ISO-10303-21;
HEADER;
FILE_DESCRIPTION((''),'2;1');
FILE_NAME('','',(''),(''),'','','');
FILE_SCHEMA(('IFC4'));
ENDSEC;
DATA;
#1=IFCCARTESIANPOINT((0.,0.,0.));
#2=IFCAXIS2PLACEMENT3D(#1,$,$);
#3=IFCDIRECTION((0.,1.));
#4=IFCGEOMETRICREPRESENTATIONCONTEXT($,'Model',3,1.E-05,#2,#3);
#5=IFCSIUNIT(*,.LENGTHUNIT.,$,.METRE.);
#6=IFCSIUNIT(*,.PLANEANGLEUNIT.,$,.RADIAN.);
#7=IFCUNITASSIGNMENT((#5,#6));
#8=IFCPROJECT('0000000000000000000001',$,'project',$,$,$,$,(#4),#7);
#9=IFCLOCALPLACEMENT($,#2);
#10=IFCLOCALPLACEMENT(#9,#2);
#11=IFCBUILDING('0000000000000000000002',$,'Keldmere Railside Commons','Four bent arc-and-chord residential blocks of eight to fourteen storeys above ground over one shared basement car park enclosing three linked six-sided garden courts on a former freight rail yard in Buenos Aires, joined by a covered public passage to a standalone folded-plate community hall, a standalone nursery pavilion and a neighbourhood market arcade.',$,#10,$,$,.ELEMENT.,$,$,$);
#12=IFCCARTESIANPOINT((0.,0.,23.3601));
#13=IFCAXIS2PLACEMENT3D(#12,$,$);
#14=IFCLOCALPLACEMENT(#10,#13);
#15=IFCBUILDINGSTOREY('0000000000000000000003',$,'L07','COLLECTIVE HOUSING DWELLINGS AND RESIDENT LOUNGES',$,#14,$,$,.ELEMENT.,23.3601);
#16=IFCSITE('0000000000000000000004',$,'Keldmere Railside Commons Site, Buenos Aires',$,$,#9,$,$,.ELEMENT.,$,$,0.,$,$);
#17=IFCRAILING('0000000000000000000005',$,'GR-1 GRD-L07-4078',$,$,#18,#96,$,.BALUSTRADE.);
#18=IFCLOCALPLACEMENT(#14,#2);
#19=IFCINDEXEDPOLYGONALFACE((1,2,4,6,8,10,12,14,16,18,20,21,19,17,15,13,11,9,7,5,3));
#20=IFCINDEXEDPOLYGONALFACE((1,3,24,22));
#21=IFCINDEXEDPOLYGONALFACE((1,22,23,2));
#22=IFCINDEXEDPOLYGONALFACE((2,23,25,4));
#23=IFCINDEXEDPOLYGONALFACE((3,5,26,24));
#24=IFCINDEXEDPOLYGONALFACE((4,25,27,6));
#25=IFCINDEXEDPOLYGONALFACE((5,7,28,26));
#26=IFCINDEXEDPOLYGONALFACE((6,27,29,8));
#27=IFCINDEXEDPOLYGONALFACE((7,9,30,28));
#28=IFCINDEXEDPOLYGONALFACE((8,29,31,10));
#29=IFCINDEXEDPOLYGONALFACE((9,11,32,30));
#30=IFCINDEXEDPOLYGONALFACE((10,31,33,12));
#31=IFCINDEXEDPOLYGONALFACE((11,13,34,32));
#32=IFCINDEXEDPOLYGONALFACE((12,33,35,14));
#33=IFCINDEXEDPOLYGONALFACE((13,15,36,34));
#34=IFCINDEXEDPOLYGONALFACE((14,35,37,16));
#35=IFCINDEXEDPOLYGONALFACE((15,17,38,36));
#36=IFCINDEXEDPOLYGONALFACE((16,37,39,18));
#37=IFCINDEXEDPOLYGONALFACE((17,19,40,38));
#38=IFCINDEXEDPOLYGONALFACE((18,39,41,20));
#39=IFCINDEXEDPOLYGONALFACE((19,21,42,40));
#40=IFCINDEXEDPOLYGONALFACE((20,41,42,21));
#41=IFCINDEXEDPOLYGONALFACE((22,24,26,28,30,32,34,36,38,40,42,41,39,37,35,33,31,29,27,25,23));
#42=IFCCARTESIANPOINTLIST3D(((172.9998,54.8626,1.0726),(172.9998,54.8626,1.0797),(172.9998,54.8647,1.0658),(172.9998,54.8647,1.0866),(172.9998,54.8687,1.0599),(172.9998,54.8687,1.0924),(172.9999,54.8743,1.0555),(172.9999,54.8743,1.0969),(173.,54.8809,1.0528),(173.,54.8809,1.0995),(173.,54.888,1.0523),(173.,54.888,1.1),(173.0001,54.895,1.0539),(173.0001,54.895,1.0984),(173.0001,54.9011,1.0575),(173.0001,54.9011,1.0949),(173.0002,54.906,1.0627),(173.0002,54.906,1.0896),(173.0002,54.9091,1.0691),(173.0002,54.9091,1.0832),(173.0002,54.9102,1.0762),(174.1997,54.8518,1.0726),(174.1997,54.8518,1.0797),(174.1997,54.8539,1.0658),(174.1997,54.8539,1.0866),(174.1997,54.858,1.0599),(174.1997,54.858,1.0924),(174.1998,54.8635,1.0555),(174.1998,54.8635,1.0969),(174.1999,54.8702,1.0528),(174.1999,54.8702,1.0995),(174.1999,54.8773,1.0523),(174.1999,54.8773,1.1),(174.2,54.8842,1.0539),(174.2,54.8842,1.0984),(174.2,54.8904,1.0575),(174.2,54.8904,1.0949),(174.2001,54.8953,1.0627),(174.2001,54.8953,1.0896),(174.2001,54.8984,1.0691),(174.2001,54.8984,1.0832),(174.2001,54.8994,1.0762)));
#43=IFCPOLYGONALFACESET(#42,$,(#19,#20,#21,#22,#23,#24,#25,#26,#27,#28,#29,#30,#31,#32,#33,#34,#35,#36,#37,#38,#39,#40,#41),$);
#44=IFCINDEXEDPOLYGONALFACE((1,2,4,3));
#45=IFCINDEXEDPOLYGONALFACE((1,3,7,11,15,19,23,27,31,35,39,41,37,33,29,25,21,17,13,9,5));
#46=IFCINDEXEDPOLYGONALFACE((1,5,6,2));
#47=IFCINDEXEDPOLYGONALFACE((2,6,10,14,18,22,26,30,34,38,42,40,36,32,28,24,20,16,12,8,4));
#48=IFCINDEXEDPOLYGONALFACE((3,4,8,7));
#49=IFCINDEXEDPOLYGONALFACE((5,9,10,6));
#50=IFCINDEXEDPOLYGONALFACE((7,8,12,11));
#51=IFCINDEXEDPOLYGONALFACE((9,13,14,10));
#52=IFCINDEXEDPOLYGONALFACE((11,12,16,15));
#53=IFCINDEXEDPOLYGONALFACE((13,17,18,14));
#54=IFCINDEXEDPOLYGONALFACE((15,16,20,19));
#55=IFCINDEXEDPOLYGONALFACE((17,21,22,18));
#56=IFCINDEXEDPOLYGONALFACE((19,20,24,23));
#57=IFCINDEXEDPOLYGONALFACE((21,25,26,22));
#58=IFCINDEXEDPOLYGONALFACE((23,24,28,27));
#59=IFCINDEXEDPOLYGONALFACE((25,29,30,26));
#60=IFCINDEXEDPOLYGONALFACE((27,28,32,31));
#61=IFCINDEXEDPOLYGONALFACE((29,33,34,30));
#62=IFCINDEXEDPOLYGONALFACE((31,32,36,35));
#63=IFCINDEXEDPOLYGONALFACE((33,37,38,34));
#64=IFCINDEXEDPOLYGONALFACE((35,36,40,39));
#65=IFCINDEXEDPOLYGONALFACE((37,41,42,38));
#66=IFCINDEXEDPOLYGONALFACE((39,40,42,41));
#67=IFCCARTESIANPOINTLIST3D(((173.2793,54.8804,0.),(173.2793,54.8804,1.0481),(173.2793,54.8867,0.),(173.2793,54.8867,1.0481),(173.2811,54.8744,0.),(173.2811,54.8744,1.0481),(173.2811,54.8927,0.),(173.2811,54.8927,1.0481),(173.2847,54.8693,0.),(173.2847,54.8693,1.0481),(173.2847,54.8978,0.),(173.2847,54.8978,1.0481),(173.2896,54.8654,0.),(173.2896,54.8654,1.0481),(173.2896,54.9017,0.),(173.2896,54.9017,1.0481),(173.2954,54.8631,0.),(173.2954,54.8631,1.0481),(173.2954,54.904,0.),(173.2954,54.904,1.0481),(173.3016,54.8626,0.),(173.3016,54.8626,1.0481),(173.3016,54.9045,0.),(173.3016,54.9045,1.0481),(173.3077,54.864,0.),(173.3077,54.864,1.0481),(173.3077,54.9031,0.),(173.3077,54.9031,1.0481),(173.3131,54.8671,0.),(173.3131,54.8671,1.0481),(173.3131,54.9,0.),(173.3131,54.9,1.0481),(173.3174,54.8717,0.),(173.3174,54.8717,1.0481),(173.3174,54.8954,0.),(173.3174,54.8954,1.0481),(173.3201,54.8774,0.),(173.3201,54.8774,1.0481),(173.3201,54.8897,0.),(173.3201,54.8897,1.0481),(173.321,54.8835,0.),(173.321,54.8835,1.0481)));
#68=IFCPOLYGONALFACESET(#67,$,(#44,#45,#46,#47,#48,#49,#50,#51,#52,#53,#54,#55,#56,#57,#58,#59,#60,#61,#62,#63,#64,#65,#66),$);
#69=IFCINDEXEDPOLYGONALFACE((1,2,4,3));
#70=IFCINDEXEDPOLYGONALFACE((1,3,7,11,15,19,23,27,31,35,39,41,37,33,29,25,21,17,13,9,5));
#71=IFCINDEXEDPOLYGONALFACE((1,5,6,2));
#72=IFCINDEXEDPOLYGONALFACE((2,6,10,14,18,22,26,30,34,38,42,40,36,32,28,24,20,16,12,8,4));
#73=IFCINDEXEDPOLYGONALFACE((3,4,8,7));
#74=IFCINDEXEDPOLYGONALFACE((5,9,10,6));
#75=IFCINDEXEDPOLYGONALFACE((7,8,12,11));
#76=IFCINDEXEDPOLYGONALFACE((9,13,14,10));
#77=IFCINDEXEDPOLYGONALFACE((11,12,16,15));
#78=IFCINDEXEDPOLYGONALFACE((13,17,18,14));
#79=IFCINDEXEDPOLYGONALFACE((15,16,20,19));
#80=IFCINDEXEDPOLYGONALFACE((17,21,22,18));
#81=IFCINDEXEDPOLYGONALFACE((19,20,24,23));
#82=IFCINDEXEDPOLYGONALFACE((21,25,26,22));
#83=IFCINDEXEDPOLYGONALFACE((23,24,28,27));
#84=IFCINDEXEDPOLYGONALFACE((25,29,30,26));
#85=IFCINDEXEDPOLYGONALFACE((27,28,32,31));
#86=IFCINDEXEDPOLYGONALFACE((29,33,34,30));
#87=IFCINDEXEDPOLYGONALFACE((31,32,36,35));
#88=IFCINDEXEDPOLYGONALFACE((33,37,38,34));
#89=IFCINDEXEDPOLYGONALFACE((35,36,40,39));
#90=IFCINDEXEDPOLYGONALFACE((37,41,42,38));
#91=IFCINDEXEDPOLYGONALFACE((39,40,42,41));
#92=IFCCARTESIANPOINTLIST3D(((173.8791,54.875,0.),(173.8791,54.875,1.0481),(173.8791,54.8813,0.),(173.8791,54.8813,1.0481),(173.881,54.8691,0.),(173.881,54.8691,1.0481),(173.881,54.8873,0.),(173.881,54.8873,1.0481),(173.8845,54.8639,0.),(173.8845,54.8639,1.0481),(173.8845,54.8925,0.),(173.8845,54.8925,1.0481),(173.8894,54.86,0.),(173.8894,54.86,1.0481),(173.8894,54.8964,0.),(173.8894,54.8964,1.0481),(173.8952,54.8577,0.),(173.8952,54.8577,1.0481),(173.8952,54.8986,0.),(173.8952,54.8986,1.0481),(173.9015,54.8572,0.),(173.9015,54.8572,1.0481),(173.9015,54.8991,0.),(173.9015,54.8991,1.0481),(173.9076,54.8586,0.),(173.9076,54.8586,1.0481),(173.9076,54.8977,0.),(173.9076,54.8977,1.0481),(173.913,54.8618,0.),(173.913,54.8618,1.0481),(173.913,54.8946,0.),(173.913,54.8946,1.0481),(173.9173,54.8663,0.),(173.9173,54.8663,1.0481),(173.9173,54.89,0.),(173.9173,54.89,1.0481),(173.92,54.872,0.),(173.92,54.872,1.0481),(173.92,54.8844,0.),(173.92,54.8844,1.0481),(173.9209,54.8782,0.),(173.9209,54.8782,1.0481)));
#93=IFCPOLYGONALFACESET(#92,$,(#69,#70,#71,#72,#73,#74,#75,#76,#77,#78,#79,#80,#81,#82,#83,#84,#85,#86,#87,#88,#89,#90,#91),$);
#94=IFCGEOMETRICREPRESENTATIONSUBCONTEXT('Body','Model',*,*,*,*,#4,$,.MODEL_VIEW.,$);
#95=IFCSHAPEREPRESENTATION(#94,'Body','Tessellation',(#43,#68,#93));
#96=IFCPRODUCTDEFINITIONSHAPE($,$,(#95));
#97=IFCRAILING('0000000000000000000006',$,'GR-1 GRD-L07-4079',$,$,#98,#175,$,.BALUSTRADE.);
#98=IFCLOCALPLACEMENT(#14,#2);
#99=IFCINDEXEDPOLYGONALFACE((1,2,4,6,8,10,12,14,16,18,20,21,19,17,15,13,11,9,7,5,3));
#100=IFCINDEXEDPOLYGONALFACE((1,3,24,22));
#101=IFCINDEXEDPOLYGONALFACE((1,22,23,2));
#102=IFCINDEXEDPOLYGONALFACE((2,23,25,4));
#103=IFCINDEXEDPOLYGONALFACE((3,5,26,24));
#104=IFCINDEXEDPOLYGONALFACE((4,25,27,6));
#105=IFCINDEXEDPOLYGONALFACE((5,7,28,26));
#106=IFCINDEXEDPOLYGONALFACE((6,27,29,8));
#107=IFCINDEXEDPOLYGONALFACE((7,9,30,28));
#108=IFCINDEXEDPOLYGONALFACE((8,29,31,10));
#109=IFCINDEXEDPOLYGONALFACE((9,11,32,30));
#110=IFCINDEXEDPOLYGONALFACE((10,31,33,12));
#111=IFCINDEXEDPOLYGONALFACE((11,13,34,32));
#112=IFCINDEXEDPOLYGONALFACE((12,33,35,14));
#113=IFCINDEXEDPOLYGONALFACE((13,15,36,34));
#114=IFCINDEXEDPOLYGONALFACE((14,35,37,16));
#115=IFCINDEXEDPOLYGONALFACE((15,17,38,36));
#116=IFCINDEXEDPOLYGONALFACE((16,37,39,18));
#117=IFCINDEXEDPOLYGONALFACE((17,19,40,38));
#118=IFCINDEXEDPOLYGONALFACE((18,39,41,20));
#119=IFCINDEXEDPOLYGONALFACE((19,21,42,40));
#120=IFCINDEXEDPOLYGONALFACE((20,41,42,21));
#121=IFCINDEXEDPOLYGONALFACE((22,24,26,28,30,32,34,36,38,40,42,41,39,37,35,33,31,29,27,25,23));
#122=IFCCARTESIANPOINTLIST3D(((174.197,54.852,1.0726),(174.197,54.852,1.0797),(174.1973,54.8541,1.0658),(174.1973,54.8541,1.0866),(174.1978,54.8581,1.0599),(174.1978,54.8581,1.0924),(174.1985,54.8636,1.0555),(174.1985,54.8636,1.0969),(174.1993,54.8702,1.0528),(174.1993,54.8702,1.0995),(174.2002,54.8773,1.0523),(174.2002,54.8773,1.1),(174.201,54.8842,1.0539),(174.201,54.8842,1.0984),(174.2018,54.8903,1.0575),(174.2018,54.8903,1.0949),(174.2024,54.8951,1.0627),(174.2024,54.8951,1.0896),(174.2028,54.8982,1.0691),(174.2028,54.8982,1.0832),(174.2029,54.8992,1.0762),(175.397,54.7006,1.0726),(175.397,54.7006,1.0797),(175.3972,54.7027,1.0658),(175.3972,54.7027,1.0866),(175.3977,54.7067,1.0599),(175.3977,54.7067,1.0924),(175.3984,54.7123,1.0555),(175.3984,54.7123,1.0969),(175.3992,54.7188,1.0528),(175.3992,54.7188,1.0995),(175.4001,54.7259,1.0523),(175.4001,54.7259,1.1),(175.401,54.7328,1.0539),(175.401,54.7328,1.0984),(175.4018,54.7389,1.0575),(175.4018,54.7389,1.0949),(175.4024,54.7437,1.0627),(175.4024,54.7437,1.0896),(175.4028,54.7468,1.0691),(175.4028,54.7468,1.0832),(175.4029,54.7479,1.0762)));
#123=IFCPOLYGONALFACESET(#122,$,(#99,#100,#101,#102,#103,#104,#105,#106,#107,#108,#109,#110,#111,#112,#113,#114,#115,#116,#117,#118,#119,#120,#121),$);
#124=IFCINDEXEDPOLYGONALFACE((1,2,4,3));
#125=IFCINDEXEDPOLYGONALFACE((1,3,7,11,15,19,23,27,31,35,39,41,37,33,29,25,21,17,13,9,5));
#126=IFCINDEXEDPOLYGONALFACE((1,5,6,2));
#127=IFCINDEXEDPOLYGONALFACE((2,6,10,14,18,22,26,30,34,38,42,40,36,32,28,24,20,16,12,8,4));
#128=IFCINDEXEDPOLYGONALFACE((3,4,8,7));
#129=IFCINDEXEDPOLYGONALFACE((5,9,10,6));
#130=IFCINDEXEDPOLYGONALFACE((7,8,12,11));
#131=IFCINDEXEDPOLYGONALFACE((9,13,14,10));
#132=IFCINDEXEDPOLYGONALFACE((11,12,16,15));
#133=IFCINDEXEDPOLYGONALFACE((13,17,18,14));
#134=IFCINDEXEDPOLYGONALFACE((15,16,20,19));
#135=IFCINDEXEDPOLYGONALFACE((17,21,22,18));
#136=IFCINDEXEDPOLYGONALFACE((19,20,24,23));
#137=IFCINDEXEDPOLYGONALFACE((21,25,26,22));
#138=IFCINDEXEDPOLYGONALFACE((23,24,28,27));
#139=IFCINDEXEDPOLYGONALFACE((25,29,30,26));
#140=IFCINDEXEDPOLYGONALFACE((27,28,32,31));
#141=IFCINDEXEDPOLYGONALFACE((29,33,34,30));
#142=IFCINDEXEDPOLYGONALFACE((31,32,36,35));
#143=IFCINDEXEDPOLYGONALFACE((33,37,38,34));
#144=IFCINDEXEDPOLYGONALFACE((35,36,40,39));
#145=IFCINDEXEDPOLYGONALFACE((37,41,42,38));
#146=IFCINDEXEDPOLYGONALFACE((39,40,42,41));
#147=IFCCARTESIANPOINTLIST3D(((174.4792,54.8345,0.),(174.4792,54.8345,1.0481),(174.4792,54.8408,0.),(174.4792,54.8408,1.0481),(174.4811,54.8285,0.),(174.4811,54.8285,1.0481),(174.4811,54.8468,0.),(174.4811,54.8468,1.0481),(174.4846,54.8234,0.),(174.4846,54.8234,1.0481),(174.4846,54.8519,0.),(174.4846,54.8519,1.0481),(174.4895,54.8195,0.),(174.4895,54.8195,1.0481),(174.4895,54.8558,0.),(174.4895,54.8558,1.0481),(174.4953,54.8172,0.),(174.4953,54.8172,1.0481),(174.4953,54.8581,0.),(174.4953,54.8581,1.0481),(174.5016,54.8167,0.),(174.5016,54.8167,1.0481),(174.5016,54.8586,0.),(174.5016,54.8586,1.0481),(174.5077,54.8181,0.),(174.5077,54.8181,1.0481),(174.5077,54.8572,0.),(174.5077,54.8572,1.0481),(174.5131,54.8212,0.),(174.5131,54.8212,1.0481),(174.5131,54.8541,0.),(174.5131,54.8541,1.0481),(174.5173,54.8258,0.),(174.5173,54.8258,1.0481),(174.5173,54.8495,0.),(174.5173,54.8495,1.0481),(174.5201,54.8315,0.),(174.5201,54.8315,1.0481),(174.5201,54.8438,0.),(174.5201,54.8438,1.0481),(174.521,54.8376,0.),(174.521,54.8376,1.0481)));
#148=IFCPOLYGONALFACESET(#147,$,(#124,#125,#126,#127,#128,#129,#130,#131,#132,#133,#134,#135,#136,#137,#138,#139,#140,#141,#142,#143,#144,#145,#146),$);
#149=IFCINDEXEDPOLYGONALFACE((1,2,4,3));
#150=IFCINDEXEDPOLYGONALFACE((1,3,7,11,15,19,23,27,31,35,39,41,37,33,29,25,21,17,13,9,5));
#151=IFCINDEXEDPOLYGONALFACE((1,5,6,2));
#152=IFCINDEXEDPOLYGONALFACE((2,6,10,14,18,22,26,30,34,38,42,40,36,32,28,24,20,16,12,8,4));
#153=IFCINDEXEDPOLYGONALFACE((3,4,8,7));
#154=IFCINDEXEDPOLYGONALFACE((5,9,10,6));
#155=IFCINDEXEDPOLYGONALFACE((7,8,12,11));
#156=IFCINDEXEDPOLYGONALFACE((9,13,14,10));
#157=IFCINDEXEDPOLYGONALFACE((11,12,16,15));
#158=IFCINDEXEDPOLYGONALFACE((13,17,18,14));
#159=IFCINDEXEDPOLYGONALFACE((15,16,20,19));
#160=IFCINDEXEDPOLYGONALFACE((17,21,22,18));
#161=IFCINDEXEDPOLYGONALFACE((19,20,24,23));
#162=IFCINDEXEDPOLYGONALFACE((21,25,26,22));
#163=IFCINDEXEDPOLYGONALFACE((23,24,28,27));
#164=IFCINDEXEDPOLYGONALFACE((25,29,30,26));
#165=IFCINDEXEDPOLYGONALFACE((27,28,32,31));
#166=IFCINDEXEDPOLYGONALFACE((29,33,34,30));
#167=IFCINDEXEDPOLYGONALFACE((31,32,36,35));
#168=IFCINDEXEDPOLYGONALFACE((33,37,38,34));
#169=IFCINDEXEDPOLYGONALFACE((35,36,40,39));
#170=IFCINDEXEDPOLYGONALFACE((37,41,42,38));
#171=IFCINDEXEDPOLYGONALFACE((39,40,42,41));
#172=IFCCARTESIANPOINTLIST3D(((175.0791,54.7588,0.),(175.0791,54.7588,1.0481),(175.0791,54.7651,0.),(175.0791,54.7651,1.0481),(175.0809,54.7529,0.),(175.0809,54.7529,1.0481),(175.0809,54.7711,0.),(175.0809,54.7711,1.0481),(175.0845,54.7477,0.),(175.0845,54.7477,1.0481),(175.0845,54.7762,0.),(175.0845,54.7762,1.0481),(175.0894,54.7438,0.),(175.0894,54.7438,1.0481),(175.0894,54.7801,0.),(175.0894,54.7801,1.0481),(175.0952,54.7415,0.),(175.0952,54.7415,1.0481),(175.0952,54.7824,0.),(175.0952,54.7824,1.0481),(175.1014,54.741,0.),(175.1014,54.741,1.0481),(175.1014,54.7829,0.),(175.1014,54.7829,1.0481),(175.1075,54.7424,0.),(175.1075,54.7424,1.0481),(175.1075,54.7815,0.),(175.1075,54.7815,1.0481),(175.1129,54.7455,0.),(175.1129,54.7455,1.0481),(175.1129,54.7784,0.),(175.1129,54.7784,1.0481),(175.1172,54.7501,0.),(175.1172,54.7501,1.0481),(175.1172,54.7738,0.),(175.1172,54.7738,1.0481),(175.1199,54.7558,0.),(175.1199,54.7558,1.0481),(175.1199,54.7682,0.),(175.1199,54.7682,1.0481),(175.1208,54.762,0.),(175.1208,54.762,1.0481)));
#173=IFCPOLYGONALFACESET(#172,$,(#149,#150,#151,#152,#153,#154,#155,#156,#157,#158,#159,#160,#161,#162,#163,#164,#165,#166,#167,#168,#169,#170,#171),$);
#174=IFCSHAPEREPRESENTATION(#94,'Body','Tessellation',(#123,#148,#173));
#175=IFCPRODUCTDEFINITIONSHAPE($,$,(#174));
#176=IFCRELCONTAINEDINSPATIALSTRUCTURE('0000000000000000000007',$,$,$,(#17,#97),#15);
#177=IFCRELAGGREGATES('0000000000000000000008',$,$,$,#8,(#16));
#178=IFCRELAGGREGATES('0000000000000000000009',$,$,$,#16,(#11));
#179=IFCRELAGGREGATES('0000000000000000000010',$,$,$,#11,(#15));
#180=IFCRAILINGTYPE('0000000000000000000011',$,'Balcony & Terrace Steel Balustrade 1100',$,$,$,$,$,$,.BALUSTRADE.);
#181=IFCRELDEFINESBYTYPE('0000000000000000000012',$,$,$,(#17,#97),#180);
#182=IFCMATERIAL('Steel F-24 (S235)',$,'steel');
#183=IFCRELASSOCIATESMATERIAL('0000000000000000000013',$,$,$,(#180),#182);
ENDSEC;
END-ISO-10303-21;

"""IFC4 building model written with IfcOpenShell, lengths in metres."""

from ifc_helpers import new_model, si_unit, direction, frame, origin, origin_2d, place, context, subcontext, project, spatial, circle, extrude, material, type_object, element, save


model = new_model("IFC4")

# Units and contexts
model_context = context("Model", 3, precision=1e-05, world=origin(), true_north=direction((0.0, 1.0)))
body_context = subcontext(model_context, "Body", "Model", "MODEL_VIEW")
ifc_project = project(units=[si_unit("LENGTHUNIT", "METRE"), si_unit("PLANEANGLEUNIT", "RADIAN")], contexts=[model_context])

# Site, building, storey
site_placement = place(None, origin())
site = spatial("IfcSite", under=ifc_project, at=site_placement, Name="Keldmere Railside Commons Site, Buenos Aires", CompositionType="ELEMENT", RefElevation=0.0)
building_placement = place(site_placement, origin())
building = spatial("IfcBuilding", under=site, at=building_placement, Name="Keldmere Railside Commons", Description="Four bent arc-and-chord residential blocks of eight to fourteen storeys above ground over one shared basement car park enclosing three linked six-sided garden courts on a former freight rail yard in Buenos Aires, joined by a covered public passage to a standalone folded-plate community hall, a standalone nursery pavilion and a neighbourhood market arcade.", CompositionType="ELEMENT")
storey_placement = place(building_placement, frame((0.0, 0.0, 23.3601)))
storey = spatial("IfcBuildingStorey", under=building, at=storey_placement, Name="L07", Description="COLLECTIVE HOUSING DWELLINGS AND RESIDENT LOUNGES", CompositionType="ELEMENT", Elevation=23.3601)

# Railings
ifc_material_1 = material(Name="Steel F-24 (S235)", Category="steel")
railing_type = type_object("IfcRailingType", Name="Balcony & Terrace Steel Balustrade 1100", PredefinedType="BALUSTRADE", material=ifc_material_1)
railing_1_placement = place(storey_placement, frame((173.0, 54.8862, 0.0)))
element("IfcRailing", 1, at=railing_1_placement, inside=storey, type_object=railing_type, Name="GR-1 GRD-L07-4078", PredefinedType="BALUSTRADE", context=body_context, shape_type="SweptSolid", body=[
    extrude(circle(Radius=0.0239, at=origin_2d()), frame((0.0, 0.0, 1.0762), z_axis=(0.99996, -0.008952, 0.0), x_axis=(0.008952, 0.99996, 0.0)), (0.0, 0.0, 1.0), 1.2),
    extrude(circle(Radius=0.021, at=origin_2d()), frame((0.3, -0.0027, 0.0)), (0.0, 0.0, 1.0), 1.0481),
    extrude(circle(Radius=0.021, at=origin_2d()), frame((0.8999, -0.0081, 0.0)), (0.0, 0.0, 1.0), 1.0481),
])
railing_2_placement = place(storey_placement, frame((174.2, 54.8755, 0.0)))
element("IfcRailing", 2, at=railing_2_placement, inside=storey, type_object=railing_type, Name="GR-1 GRD-L07-4079", PredefinedType="BALUSTRADE", context=body_context, shape_type="SweptSolid", body=[
    extrude(circle(Radius=0.0239, at=origin_2d()), frame((0.0, 0.0, 1.0762), z_axis=(0.992137, -0.125153, 0.0), x_axis=(0.125153, 0.992137, 0.0)), (0.0, 0.0, 1.0), 1.2095),
    extrude(circle(Radius=0.021, at=origin_2d()), frame((0.3, -0.0378, 0.0)), (0.0, 0.0, 1.0), 1.0481),
    extrude(circle(Radius=0.021, at=origin_2d()), frame((0.8999, -0.1135, 0.0)), (0.0, 0.0, 1.0), 1.0481),
])

save(model, "model.ifc")
